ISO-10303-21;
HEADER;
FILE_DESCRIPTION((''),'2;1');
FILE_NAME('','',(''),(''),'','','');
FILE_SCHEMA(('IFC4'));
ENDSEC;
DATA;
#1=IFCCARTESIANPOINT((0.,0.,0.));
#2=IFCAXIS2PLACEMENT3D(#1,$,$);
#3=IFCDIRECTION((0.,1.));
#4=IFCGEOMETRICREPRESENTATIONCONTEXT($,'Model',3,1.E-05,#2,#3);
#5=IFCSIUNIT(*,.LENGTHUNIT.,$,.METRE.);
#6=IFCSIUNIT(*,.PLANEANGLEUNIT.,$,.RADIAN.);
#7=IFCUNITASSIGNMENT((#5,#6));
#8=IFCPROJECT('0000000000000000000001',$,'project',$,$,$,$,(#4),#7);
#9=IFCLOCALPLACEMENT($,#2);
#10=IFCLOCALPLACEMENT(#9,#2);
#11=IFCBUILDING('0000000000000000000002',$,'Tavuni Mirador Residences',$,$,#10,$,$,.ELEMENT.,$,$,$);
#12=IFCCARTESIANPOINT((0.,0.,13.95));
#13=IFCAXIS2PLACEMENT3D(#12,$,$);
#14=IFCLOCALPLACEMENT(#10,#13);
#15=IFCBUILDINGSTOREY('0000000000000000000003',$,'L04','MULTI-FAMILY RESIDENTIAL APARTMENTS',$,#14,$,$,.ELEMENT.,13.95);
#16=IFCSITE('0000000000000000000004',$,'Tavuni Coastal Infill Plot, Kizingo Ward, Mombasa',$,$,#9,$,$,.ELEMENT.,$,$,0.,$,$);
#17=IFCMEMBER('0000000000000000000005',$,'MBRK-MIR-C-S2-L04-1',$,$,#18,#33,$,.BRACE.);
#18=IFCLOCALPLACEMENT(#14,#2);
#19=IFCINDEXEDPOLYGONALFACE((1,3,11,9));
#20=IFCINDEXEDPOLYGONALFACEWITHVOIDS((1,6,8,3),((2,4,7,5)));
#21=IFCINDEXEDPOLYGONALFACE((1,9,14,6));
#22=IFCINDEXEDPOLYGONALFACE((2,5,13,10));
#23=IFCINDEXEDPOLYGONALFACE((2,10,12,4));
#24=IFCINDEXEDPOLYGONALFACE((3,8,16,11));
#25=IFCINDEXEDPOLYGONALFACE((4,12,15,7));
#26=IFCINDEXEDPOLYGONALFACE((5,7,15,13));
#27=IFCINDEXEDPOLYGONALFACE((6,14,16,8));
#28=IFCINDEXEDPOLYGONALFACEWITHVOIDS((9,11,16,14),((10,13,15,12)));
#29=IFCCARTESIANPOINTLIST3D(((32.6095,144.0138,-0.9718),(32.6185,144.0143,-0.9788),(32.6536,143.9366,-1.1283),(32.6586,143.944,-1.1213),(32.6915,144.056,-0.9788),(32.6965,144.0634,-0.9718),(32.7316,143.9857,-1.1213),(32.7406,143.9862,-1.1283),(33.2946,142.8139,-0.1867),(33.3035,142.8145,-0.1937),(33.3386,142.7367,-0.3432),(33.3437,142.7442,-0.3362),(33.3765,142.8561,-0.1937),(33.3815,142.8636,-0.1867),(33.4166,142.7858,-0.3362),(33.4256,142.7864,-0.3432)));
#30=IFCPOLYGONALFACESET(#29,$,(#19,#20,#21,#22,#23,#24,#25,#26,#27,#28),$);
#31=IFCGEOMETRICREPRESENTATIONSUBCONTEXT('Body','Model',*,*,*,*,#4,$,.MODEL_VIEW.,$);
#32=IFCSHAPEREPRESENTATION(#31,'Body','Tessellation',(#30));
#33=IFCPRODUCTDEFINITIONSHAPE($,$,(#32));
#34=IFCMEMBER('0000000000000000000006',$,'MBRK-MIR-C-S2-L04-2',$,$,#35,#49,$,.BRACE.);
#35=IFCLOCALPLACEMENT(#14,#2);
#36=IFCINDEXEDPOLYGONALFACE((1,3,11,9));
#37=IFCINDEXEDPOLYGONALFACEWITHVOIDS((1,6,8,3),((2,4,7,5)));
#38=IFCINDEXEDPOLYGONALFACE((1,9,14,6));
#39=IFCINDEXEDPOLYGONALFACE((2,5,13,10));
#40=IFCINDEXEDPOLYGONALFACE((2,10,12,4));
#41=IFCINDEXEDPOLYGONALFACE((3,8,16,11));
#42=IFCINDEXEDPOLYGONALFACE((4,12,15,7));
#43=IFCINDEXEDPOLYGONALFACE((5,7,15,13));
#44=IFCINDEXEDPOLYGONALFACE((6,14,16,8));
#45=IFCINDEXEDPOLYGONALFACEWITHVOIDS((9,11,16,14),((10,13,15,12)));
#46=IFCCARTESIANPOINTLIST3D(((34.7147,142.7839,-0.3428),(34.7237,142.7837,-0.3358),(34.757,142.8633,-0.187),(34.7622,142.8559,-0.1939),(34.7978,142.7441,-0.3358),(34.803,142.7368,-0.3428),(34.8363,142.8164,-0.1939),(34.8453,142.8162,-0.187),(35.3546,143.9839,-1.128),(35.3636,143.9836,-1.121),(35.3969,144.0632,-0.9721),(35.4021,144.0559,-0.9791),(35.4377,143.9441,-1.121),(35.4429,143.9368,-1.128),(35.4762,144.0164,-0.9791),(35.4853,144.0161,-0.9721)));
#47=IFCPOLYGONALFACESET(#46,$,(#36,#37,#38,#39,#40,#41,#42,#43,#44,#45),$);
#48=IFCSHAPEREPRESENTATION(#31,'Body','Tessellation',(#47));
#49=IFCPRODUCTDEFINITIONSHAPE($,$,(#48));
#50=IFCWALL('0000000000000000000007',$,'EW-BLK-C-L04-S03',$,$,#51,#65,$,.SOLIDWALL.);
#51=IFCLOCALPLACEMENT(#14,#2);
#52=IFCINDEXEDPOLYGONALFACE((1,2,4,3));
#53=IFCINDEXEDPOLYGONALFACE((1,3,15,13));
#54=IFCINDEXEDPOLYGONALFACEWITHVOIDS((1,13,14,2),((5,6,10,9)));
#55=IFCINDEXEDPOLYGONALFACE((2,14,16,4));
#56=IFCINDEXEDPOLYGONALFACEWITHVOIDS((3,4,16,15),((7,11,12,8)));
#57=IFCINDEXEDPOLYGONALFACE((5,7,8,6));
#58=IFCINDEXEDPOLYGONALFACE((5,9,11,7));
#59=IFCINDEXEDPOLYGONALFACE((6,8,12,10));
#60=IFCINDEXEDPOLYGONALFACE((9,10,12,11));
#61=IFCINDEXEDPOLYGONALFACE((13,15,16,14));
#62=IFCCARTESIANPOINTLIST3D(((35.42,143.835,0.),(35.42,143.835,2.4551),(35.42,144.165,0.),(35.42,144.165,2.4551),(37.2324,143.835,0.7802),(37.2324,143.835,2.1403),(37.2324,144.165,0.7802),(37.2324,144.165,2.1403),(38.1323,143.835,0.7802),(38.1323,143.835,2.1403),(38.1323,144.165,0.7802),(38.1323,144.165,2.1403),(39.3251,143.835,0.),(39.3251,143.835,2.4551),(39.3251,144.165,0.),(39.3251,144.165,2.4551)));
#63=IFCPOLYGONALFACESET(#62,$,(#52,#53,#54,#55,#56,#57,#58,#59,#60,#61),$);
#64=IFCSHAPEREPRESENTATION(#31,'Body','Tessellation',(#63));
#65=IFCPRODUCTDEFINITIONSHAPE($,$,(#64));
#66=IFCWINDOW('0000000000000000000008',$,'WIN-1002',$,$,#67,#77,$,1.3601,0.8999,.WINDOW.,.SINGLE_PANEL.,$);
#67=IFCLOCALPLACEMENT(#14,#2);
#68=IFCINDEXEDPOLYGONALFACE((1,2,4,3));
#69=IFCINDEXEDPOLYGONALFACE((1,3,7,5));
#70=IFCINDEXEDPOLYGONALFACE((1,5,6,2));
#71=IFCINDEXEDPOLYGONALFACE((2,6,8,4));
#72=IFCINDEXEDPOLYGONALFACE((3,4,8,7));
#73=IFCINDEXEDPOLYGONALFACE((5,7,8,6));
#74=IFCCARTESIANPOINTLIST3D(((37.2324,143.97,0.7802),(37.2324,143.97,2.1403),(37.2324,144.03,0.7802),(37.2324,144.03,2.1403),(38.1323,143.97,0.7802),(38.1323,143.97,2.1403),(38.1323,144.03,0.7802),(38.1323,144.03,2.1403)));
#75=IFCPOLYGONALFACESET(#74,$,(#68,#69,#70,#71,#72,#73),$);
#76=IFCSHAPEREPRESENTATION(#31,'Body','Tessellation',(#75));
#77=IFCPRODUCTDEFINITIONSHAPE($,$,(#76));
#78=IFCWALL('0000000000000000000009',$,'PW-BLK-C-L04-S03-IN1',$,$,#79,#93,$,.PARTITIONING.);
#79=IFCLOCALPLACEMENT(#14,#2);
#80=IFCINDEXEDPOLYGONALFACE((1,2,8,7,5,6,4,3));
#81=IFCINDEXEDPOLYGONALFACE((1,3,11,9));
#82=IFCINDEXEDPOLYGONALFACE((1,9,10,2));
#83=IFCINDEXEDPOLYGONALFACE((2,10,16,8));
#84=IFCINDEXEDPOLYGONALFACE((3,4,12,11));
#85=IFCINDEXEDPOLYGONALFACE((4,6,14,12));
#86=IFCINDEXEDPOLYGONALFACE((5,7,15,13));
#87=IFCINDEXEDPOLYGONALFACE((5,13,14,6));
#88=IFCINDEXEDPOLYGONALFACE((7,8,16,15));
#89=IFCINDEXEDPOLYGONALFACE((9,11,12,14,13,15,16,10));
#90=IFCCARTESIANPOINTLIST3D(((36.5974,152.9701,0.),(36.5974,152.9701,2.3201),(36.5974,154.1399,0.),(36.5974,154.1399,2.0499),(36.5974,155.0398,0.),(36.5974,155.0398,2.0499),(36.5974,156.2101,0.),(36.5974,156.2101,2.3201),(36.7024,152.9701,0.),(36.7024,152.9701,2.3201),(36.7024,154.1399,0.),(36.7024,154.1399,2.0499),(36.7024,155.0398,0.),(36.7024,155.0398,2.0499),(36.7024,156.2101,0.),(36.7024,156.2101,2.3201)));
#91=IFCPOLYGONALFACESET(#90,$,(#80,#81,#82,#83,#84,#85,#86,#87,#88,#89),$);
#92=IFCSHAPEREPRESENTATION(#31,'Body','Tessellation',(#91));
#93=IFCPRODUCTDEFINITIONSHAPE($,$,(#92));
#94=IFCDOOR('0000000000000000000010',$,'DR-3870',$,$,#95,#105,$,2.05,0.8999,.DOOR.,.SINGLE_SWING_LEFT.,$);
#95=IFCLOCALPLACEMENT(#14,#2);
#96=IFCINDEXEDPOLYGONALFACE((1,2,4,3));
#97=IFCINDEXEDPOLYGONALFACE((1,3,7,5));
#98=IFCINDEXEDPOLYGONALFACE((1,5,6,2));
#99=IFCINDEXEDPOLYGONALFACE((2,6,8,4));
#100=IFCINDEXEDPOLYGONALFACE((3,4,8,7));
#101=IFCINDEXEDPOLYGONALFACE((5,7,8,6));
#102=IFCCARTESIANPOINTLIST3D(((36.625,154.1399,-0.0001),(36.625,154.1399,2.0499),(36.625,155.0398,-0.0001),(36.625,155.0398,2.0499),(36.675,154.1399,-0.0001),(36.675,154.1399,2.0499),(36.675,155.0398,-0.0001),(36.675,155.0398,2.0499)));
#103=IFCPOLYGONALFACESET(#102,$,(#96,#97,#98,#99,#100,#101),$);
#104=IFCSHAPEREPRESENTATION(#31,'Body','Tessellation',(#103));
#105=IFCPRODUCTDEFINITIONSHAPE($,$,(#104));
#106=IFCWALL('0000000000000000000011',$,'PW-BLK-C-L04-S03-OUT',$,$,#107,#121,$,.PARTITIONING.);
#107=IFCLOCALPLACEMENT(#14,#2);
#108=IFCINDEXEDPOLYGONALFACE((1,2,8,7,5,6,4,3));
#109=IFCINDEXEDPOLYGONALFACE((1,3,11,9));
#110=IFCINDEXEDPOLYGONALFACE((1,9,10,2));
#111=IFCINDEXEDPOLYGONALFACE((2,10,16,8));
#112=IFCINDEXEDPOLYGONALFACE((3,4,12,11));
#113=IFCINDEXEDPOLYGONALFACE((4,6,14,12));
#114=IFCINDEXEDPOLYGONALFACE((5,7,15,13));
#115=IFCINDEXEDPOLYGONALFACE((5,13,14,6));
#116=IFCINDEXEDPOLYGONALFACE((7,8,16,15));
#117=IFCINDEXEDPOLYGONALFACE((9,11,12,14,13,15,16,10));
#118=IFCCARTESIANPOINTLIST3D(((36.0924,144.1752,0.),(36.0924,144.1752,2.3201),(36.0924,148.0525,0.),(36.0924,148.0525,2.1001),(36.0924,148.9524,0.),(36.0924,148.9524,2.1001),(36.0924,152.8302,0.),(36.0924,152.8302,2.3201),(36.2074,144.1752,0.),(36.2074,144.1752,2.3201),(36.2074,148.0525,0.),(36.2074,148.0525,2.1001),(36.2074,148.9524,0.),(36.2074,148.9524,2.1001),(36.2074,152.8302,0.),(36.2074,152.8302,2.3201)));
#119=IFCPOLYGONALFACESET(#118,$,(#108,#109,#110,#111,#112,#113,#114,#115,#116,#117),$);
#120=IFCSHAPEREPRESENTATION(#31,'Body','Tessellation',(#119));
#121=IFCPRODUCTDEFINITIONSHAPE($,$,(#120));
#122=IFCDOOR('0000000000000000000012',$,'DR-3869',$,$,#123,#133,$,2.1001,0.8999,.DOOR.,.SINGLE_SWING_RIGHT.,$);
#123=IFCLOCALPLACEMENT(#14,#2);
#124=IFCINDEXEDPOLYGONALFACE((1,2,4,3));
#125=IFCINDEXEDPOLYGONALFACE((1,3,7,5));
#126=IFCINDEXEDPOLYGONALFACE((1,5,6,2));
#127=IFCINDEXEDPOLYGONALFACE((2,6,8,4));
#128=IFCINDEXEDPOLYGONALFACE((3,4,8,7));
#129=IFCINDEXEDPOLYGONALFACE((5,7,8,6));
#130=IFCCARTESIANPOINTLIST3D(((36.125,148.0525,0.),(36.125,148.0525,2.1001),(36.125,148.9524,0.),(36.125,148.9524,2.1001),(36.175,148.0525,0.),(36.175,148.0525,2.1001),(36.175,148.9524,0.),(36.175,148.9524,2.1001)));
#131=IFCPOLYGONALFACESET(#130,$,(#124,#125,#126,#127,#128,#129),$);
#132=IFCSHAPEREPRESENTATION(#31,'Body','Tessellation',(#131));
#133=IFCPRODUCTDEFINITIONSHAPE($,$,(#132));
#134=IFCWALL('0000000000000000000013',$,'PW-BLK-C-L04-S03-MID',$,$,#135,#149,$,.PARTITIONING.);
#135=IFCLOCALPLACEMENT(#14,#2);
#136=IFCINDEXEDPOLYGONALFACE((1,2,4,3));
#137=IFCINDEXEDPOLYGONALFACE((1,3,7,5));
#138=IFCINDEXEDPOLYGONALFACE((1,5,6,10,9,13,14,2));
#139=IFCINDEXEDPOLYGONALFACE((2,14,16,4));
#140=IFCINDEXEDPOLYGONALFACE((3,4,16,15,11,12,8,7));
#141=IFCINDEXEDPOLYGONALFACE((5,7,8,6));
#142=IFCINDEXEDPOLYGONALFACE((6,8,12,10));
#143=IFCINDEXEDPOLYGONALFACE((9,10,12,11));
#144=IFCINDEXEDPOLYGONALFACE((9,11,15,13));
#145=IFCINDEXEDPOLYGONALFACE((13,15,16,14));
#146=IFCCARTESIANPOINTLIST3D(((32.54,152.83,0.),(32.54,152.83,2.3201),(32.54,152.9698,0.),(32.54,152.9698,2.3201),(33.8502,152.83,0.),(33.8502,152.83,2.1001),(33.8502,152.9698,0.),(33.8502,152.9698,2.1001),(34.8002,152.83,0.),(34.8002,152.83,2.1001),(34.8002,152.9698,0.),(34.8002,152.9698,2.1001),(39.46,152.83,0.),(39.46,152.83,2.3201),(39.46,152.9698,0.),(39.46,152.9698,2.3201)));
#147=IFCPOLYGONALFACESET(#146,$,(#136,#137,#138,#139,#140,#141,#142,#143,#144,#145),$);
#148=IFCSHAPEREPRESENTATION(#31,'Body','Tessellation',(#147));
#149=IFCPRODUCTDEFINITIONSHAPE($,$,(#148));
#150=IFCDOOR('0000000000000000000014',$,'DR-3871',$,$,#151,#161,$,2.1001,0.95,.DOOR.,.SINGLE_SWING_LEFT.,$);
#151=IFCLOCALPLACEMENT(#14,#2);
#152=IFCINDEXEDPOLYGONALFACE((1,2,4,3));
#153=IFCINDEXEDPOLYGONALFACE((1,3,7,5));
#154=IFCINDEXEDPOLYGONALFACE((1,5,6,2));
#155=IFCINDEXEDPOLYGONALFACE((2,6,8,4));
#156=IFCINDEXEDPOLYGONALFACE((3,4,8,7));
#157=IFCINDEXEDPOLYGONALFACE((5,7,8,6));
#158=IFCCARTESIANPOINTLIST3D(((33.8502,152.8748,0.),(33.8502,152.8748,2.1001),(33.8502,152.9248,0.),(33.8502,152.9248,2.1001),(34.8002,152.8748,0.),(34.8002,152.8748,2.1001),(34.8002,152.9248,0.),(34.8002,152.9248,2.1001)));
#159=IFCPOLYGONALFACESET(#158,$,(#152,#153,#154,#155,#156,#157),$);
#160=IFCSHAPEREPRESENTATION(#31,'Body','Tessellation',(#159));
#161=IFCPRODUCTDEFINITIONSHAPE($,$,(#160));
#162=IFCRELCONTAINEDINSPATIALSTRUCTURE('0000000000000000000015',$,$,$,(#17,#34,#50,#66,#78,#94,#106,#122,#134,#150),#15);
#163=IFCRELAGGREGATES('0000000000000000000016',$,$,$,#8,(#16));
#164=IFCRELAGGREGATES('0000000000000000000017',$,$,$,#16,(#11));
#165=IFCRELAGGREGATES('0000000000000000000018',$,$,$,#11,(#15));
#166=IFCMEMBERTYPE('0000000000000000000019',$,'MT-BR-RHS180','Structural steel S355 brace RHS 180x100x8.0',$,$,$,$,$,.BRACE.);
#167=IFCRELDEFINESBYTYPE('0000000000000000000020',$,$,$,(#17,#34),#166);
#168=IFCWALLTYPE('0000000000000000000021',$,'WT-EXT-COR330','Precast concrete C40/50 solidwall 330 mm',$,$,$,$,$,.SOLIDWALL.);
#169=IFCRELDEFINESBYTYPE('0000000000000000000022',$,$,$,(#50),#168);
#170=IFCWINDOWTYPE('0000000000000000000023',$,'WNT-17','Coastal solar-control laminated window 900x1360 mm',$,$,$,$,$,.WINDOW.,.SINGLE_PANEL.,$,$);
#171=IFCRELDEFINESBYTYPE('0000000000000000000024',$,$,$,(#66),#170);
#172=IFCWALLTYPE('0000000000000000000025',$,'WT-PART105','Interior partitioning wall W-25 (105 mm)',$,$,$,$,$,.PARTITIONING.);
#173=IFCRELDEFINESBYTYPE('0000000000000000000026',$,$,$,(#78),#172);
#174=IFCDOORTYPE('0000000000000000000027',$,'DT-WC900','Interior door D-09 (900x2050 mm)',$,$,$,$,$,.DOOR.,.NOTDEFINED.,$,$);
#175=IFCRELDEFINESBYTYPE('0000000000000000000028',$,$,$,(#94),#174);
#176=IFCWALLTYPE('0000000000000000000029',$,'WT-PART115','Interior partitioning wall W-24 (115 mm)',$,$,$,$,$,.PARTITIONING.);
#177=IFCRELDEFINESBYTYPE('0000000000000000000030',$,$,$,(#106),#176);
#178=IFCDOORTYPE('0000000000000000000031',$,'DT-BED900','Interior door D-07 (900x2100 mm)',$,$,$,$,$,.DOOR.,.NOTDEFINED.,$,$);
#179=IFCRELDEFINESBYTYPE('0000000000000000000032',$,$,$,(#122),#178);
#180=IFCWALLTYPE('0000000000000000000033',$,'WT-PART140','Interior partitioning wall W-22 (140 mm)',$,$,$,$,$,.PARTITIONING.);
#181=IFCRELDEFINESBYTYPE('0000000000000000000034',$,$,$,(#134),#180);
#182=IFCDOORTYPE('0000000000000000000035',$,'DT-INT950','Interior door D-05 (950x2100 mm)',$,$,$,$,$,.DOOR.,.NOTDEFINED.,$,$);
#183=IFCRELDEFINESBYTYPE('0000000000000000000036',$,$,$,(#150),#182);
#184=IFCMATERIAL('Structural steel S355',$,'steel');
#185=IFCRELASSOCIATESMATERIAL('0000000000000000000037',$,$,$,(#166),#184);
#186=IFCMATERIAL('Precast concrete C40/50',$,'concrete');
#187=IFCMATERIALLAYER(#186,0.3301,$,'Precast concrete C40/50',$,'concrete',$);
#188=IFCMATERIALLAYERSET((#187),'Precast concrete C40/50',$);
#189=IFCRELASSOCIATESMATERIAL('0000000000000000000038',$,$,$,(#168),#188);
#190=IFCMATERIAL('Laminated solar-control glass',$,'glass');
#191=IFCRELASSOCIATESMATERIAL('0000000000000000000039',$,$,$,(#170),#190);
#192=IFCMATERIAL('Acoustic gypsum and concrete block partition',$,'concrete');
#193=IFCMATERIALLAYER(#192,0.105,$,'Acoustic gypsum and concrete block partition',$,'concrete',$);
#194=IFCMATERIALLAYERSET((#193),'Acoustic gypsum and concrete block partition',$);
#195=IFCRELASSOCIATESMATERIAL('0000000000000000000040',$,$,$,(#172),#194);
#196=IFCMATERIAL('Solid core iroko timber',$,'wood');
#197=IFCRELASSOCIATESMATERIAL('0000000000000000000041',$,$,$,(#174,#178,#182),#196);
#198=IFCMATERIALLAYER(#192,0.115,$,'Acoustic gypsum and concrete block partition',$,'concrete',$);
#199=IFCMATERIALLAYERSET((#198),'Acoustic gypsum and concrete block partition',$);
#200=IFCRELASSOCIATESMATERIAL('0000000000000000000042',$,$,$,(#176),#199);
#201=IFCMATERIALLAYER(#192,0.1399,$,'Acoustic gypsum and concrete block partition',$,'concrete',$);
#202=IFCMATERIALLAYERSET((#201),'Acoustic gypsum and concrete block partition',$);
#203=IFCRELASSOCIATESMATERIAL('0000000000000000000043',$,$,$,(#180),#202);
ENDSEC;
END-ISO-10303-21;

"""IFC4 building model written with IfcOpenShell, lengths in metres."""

from ifc_helpers import new_model, si_unit, direction, frame, frame_2d, origin, origin_2d, place, context, subcontext, project, spatial, rectangle, hollow_rectangle, extrude, material, layer, layer_set, material_profile, profile_set, type_object, element, fill, save


model = new_model("IFC4")

# Units and contexts
model_context = context("Model", 3, precision=1e-05, world=origin(), true_north=direction((0.0, 1.0)))
body_context = subcontext(model_context, "Body", "Model", "MODEL_VIEW")
ifc_project = project(units=[si_unit("LENGTHUNIT", "METRE"), si_unit("PLANEANGLEUNIT", "RADIAN")], contexts=[model_context])

# Site, building, storey
site_placement = place(None, origin())
site = spatial("IfcSite", under=ifc_project, at=site_placement, Name="Tavuni Coastal Infill Plot, Kizingo Ward, Mombasa", CompositionType="ELEMENT", RefElevation=0.0)
building_placement = place(site_placement, origin())
building = spatial("IfcBuilding", under=site, at=building_placement, Name="Tavuni Mirador Residences", CompositionType="ELEMENT")
storey_placement = place(building_placement, frame((0.0, 0.0, 13.95)))
storey = spatial("IfcBuildingStorey", under=building, at=storey_placement, Name="L04", Description="MULTI-FAMILY RESIDENTIAL APARTMENTS", CompositionType="ELEMENT", Elevation=13.95)

# Shared definitions
ifc_material_1 = material(Name="Precast concrete C40/50", Category="concrete")

# Members
ifc_material_2 = material(Name="Structural steel S355", Category="steel")
ifc_material_profile_1 = material_profile(ifc_material_2, hollow_rectangle(XDim=0.1001, YDim=0.1799, WallThickness=0.0081, at=origin_2d()), Name="RHS 180x100x8.0", Category="steel")
ifc_profile_set_1 = profile_set([ifc_material_profile_1], Name="Structural steel S355")
member_type_1 = type_object("IfcMemberType", Name="MT-BR-RHS180", Description="Structural steel S355 brace RHS 180x100x8.0", PredefinedType="BRACE", material=ifc_profile_set_1)
member_1_placement = place(storey_placement, frame((32.675, 144.0, -1.05), z_axis=(0.431063, -0.755051, 0.494048), x_axis=(0.868439, 0.495796, 0.0)))
element("IfcMember", 1, at=member_1_placement, inside=storey, type_object=member_type_1, Name="MBRK-MIR-C-S2-L04-1", PredefinedType="BRACE", context=body_context, shape_type="SweptSolid", body=[
    extrude(hollow_rectangle(XDim=0.1001, YDim=0.1799, WallThickness=0.0081, at=origin_2d()), origin(), (0.0, 0.0, 1.0), 1.5891),
])
member_2_placement = place(storey_placement, frame((35.4199, 144.0, -1.05), z_axis=(-0.407499, -0.764158, 0.500007), x_axis=(0.882378, -0.470542, 0.0)))
element("IfcMember", 2, at=member_2_placement, inside=storey, type_object=member_type_1, Name="MBRK-MIR-C-S2-L04-2", PredefinedType="BRACE", context=body_context, shape_type="SweptSolid", body=[
    extrude(hollow_rectangle(XDim=0.1001, YDim=0.1799, WallThickness=0.0081, at=origin_2d()), origin(), (0.0, 0.0, 1.0), 1.5703),
])

# Wall, opening, window
ifc_layer_1 = layer(ifc_material_1, 0.3301, Name="Precast concrete C40/50", Category="concrete")
ifc_layer_set_1 = layer_set([ifc_layer_1], Name="Precast concrete C40/50")
wall_type_1 = type_object("IfcWallType", Name="WT-EXT-COR330", Description="Precast concrete C40/50 solidwall 330 mm", PredefinedType="SOLIDWALL", material=ifc_layer_set_1)
wall_1_placement = place(storey_placement, frame((35.4199, 144.0, 0.0), z_axis=(0.0, 0.0, 1.0), x_axis=(1.0, 0.0, 0.0)))
wall_1 = element("IfcWall", 3, at=wall_1_placement, inside=storey, type_object=wall_type_1, Name="EW-BLK-C-L04-S03", PredefinedType="SOLIDWALL", context=body_context, shape_type="SweptSolid", body=[
    extrude(rectangle(XDim=3.905, YDim=0.3301, at=frame_2d((1.9526, 0.0))), origin(), (0.0, 0.0, 1.0), 2.4551),
])
opening_1_placement = place(wall_1_placement, frame((1.8125, 0.0, 0.78)))
opening_1 = element("IfcOpeningElement", 4, at=opening_1_placement, cuts=wall_1, PredefinedType="OPENING", context=body_context, shape_type="SweptSolid", body=[
    extrude(rectangle(XDim=0.8999, YDim=1.3601, at=frame_2d((0.45, 0.6802))), frame((0.0, 0.175, 0.0), z_axis=(0.0, -1.0, 0.0), x_axis=(1.0, 0.0, 0.0)), (0.0, 0.0, 1.0), 0.3501),
])
ifc_material_3 = material(Name="Laminated solar-control glass", Category="glass")
window_type = type_object("IfcWindowType", Name="WNT-17", Description="Coastal solar-control laminated window 900x1360 mm", PartitioningType="SINGLE_PANEL", PredefinedType="WINDOW", material=ifc_material_3)
window_placement = place(opening_1_placement, origin())
window = element("IfcWindow", 5, at=window_placement, inside=storey, type_object=window_type, Name="WIN-1002", OverallHeight=1.3601, OverallWidth=0.8999, PartitioningType="SINGLE_PANEL", PredefinedType="WINDOW", context=body_context, shape_type="SweptSolid", body=[
    extrude(rectangle(XDim=0.8999, YDim=1.3601, at=frame_2d((0.45, 0.6802))), frame((0.0, 0.03, 0.0), z_axis=(0.0, -1.0, 0.0), x_axis=(1.0, 0.0, 0.0)), (0.0, 0.0, 1.0), 0.0601),
])
fill(opening_1, window)

# Walls, openings, doors
ifc_material_4 = material(Name="Acoustic gypsum and concrete block partition", Category="concrete")
ifc_layer_2 = layer(ifc_material_4, 0.105, Name="Acoustic gypsum and concrete block partition", Category="concrete")
ifc_layer_set_2 = layer_set([ifc_layer_2], Name="Acoustic gypsum and concrete block partition")
wall_type_2 = type_object("IfcWallType", Name="WT-PART105", Description="Interior partitioning wall W-25 (105 mm)", PredefinedType="PARTITIONING", material=ifc_layer_set_2)
wall_2_placement = place(storey_placement, frame((36.6499, 152.97, 0.0), z_axis=(0.0, 0.0, 1.0), x_axis=(0.0, 1.0, 0.0)))
wall_2 = element("IfcWall", 6, at=wall_2_placement, inside=storey, type_object=wall_type_2, Name="PW-BLK-C-L04-S03-IN1", PredefinedType="PARTITIONING", context=body_context, shape_type="SweptSolid", body=[
    extrude(rectangle(XDim=3.24, YDim=0.105, at=frame_2d((1.6201, 0.0))), origin(), (0.0, 0.0, 1.0), 2.3201),
])
opening_2_placement = place(wall_2_placement, frame((1.1699, 0.0, 0.0)))
opening_2 = element("IfcOpeningElement", 7, at=opening_2_placement, cuts=wall_2, PredefinedType="OPENING", context=body_context, shape_type="SweptSolid", body=[
    extrude(rectangle(XDim=0.8999, YDim=2.05, at=frame_2d((0.45, 1.0249))), frame((0.0, 0.0625, 0.0), z_axis=(0.0, -1.0, 0.0), x_axis=(1.0, 0.0, 0.0)), (0.0, 0.0, 1.0), 0.125),
])
ifc_material_5 = material(Name="Solid core iroko timber", Category="wood")
door_type_1 = type_object("IfcDoorType", Name="DT-WC900", Description="Interior door D-09 (900x2050 mm)", OperationType="NOTDEFINED", PredefinedType="DOOR", material=ifc_material_5)
door_1_placement = place(opening_2_placement, origin())
door_1 = element("IfcDoor", 8, at=door_1_placement, inside=storey, type_object=door_type_1, Name="DR-3870", OperationType="SINGLE_SWING_LEFT", OverallHeight=2.05, OverallWidth=0.8999, PredefinedType="DOOR", context=body_context, shape_type="SweptSolid", body=[
    extrude(rectangle(XDim=0.8999, YDim=2.05, at=frame_2d((0.45, 1.0249))), frame((0.0, 0.0249, 0.0), z_axis=(0.0, -1.0, 0.0), x_axis=(1.0, 0.0, 0.0)), (0.0, 0.0, 1.0), 0.05),
])
fill(opening_2, door_1)
ifc_layer_3 = layer(ifc_material_4, 0.115, Name="Acoustic gypsum and concrete block partition", Category="concrete")
ifc_layer_set_3 = layer_set([ifc_layer_3], Name="Acoustic gypsum and concrete block partition")
wall_type_3 = type_object("IfcWallType", Name="WT-PART115", Description="Interior partitioning wall W-24 (115 mm)", PredefinedType="PARTITIONING", material=ifc_layer_set_3)
wall_3_placement = place(storey_placement, frame((36.1499, 144.175, 0.0), z_axis=(0.0, 0.0, 1.0), x_axis=(0.0, 1.0, 0.0)))
wall_3 = element("IfcWall", 9, at=wall_3_placement, inside=storey, type_object=wall_type_3, Name="PW-BLK-C-L04-S03-OUT", PredefinedType="PARTITIONING", context=body_context, shape_type="SweptSolid", body=[
    extrude(rectangle(XDim=8.655, YDim=0.115, at=frame_2d((4.3276, 0.0))), origin(), (0.0, 0.0, 1.0), 2.3201),
])
opening_3_placement = place(wall_3_placement, frame((3.8774, 0.0, 0.0)))
opening_3 = element("IfcOpeningElement", 10, at=opening_3_placement, cuts=wall_3, PredefinedType="OPENING", context=body_context, shape_type="SweptSolid", body=[
    extrude(rectangle(XDim=0.8999, YDim=2.1001, at=frame_2d((0.45, 1.05))), frame((0.0, 0.0674, 0.0), z_axis=(0.0, -1.0, 0.0), x_axis=(1.0, 0.0, 0.0)), (0.0, 0.0, 1.0), 0.135),
])
door_type_2 = type_object("IfcDoorType", Name="DT-BED900", Description="Interior door D-07 (900x2100 mm)", OperationType="NOTDEFINED", PredefinedType="DOOR", material=ifc_material_5)
door_2_placement = place(opening_3_placement, origin())
door_2 = element("IfcDoor", 11, at=door_2_placement, inside=storey, type_object=door_type_2, Name="DR-3869", OperationType="SINGLE_SWING_RIGHT", OverallHeight=2.1001, OverallWidth=0.8999, PredefinedType="DOOR", context=body_context, shape_type="SweptSolid", body=[
    extrude(rectangle(XDim=0.8999, YDim=2.1001, at=frame_2d((0.45, 1.05))), frame((0.0, 0.0249, 0.0), z_axis=(0.0, -1.0, 0.0), x_axis=(1.0, 0.0, 0.0)), (0.0, 0.0, 1.0), 0.05),
])
fill(opening_3, door_2)
ifc_layer_4 = layer(ifc_material_4, 0.1399, Name="Acoustic gypsum and concrete block partition", Category="concrete")
ifc_layer_set_4 = layer_set([ifc_layer_4], Name="Acoustic gypsum and concrete block partition")
wall_type_4 = type_object("IfcWallType", Name="WT-PART140", Description="Interior partitioning wall W-22 (140 mm)", PredefinedType="PARTITIONING", material=ifc_layer_set_4)
wall_4_placement = place(storey_placement, frame((32.54, 152.8999, 0.0), z_axis=(0.0, 0.0, 1.0), x_axis=(1.0, 0.0, 0.0)))
wall_4 = element("IfcWall", 12, at=wall_4_placement, inside=storey, type_object=wall_type_4, Name="PW-BLK-C-L04-S03-MID", PredefinedType="PARTITIONING", context=body_context, shape_type="SweptSolid", body=[
    extrude(rectangle(XDim=6.9199, YDim=0.1399, at=frame_2d((3.46, 0.0))), origin(), (0.0, 0.0, 1.0), 2.3201),
])
opening_4_placement = place(wall_4_placement, frame((1.3101, 0.0, 0.0)))
opening_4 = element("IfcOpeningElement", 13, at=opening_4_placement, cuts=wall_4, PredefinedType="OPENING", context=body_context, shape_type="SweptSolid", body=[
    extrude(rectangle(XDim=0.95, YDim=2.1001, at=frame_2d((0.4751, 1.05))), frame((0.0, 0.0801, 0.0), z_axis=(0.0, -1.0, 0.0), x_axis=(1.0, 0.0, 0.0)), (0.0, 0.0, 1.0), 0.1599),
])
door_type_3 = type_object("IfcDoorType", Name="DT-INT950", Description="Interior door D-05 (950x2100 mm)", OperationType="NOTDEFINED", PredefinedType="DOOR", material=ifc_material_5)
door_3_placement = place(opening_4_placement, origin())
door_3 = element("IfcDoor", 14, at=door_3_placement, inside=storey, type_object=door_type_3, Name="DR-3871", OperationType="SINGLE_SWING_LEFT", OverallHeight=2.1001, OverallWidth=0.95, PredefinedType="DOOR", context=body_context, shape_type="SweptSolid", body=[
    extrude(rectangle(XDim=0.95, YDim=2.1001, at=frame_2d((0.4751, 1.05))), frame((0.0, 0.0249, 0.0), z_axis=(0.0, -1.0, 0.0), x_axis=(1.0, 0.0, 0.0)), (0.0, 0.0, 1.0), 0.05),
])
fill(opening_4, door_3)

save(model, "model.ifc")
